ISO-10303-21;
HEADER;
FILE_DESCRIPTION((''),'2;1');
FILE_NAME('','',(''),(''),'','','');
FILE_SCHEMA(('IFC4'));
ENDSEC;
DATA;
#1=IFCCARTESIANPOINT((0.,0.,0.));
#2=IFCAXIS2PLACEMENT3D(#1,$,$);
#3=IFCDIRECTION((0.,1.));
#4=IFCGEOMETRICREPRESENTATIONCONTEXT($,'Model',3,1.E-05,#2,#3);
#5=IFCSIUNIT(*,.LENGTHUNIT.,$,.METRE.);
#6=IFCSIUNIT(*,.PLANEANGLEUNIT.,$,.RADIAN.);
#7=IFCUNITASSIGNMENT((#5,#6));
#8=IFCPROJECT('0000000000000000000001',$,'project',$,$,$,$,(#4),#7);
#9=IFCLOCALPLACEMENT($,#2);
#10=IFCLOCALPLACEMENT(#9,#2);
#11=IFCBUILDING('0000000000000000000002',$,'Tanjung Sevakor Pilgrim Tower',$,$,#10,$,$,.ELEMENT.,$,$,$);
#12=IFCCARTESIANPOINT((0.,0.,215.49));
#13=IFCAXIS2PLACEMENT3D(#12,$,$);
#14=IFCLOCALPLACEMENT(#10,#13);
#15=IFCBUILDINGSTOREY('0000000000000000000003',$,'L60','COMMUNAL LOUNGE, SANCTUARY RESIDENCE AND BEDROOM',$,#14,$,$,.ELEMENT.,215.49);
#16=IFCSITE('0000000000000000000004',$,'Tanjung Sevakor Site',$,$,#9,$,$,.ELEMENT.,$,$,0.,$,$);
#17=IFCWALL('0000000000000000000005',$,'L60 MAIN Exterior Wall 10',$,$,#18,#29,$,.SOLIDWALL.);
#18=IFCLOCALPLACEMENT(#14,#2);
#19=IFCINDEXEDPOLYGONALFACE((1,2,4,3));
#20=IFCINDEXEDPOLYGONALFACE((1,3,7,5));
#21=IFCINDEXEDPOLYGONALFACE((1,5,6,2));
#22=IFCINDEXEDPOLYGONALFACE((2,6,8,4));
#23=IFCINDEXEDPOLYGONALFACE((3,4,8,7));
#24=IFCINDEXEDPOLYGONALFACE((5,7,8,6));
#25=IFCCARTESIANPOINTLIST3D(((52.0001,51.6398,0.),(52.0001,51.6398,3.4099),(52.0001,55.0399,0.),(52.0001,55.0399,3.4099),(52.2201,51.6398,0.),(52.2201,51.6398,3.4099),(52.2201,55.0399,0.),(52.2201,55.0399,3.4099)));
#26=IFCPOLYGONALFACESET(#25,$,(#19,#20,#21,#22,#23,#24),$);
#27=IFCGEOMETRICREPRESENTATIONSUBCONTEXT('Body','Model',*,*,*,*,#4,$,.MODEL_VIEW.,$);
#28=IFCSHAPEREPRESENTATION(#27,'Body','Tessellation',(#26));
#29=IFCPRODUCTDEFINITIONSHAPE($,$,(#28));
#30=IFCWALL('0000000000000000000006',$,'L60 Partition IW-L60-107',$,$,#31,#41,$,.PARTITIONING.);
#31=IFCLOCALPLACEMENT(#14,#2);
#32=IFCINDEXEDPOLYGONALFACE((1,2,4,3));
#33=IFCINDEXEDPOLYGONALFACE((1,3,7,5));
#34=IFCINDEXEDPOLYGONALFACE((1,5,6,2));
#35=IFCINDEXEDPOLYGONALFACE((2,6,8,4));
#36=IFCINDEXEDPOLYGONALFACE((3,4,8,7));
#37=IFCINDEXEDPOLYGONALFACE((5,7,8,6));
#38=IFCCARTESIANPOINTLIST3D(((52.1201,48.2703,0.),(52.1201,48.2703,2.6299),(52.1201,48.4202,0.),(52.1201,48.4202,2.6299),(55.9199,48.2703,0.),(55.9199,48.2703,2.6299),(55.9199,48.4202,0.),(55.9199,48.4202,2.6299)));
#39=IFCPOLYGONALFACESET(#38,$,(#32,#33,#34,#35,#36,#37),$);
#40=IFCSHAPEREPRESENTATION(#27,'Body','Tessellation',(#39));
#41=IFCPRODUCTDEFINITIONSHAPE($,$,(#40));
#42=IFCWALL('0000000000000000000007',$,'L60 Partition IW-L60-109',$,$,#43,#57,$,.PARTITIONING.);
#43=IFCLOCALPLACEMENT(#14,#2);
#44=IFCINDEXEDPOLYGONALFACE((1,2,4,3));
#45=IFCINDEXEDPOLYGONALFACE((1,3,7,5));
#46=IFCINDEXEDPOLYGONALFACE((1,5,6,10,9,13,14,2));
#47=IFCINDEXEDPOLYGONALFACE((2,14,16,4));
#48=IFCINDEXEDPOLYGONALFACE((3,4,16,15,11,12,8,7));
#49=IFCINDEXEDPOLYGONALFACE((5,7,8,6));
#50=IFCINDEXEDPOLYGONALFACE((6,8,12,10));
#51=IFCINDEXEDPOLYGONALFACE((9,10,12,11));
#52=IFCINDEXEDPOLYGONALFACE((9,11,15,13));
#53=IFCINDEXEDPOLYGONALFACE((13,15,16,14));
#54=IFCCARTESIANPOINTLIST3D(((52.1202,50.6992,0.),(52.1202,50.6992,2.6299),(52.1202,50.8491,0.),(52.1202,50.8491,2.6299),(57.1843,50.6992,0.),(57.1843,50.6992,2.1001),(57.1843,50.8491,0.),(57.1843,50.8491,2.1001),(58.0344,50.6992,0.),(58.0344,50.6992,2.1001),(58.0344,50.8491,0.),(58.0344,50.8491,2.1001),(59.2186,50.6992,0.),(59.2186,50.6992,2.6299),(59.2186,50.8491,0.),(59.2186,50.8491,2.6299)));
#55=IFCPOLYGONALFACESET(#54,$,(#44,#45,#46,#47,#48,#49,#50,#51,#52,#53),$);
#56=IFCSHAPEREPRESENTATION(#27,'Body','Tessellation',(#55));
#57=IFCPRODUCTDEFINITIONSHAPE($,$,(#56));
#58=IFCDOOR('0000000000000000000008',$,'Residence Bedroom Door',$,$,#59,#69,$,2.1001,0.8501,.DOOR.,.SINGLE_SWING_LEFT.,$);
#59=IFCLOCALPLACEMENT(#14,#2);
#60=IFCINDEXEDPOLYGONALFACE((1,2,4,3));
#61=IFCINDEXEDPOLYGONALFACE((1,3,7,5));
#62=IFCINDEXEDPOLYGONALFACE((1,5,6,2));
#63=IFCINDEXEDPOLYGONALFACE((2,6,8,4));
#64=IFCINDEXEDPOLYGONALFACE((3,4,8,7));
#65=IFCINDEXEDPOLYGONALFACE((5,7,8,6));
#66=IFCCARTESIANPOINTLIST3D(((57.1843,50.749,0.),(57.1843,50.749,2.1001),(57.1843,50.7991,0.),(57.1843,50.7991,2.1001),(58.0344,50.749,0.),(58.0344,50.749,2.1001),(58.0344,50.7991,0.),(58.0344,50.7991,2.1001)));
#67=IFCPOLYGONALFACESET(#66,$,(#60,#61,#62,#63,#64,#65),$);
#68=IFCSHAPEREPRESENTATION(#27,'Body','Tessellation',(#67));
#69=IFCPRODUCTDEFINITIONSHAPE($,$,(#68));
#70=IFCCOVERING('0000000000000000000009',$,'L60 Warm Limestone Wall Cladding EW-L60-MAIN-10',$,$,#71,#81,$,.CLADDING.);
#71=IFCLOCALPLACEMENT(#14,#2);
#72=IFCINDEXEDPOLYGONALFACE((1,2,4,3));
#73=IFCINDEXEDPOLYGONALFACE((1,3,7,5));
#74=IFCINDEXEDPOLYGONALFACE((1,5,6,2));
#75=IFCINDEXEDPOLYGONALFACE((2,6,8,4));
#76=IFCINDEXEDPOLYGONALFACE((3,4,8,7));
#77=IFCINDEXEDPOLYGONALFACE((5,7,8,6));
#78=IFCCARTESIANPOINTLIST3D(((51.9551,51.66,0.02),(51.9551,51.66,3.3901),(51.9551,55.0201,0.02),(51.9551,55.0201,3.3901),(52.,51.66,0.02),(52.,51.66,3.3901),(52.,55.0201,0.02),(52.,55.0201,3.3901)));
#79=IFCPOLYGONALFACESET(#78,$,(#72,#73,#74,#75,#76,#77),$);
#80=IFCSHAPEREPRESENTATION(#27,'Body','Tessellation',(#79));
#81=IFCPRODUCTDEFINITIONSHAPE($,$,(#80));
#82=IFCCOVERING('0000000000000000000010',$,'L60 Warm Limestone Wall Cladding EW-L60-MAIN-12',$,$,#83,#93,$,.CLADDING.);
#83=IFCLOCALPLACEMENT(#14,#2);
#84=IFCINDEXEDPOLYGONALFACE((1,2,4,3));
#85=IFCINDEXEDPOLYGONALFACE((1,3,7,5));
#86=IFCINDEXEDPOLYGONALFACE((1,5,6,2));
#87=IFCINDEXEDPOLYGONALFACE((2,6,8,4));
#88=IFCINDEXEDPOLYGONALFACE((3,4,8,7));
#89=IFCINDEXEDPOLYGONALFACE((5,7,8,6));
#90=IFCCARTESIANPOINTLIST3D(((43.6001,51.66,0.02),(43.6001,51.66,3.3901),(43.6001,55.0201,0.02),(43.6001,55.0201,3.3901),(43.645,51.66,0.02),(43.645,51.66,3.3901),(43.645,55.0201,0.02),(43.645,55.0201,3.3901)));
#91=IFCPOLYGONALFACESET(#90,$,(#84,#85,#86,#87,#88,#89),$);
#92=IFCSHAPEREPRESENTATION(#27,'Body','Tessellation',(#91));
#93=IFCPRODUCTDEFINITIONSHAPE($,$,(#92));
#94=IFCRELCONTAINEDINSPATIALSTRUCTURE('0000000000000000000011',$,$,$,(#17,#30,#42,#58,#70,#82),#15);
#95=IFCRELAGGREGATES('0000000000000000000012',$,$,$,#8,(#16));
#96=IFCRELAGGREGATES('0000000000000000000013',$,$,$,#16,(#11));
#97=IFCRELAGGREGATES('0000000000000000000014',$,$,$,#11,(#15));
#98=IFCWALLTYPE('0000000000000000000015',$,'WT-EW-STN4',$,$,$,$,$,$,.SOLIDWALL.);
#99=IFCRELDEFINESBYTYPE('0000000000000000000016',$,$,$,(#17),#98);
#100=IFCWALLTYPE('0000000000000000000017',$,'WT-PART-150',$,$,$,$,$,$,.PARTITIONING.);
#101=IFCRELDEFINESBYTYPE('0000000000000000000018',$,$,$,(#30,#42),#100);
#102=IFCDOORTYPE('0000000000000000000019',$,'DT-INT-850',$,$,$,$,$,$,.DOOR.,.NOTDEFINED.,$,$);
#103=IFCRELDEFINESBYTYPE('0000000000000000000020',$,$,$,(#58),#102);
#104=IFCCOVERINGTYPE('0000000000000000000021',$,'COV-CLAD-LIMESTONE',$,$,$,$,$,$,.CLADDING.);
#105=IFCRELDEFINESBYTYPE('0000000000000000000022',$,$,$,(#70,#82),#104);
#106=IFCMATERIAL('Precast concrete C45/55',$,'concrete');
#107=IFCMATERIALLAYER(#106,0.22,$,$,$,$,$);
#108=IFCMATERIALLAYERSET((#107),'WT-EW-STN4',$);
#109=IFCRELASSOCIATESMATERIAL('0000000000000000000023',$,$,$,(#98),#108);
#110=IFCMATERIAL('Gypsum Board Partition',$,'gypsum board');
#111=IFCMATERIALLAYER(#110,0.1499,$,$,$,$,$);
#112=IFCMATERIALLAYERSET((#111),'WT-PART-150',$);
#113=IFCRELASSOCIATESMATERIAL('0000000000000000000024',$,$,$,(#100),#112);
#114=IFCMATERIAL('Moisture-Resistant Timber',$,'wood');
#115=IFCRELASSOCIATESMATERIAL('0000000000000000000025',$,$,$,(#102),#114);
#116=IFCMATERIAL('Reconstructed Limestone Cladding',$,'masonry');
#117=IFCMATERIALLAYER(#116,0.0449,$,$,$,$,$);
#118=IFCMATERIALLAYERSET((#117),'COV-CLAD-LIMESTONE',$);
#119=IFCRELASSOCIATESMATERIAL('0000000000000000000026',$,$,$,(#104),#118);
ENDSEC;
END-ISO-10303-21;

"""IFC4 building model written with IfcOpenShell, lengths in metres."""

from ifc_helpers import new_model, si_unit, direction, frame, frame_2d, origin, origin_2d, place, context, subcontext, project, spatial, rectangle, extrude, material, layer, layer_set, type_object, element, fill, save


model = new_model("IFC4")

# Units and contexts
model_context = context("Model", 3, precision=1e-05, world=origin(), true_north=direction((0.0, 1.0)))
body_context = subcontext(model_context, "Body", "Model", "MODEL_VIEW")
ifc_project = project(units=[si_unit("LENGTHUNIT", "METRE"), si_unit("PLANEANGLEUNIT", "RADIAN")], contexts=[model_context])

# Site, building, storey
site_placement = place(None, origin())
site = spatial("IfcSite", under=ifc_project, at=site_placement, Name="Tanjung Sevakor Site", CompositionType="ELEMENT", RefElevation=0.0)
building_placement = place(site_placement, origin())
building = spatial("IfcBuilding", under=site, at=building_placement, Name="Tanjung Sevakor Pilgrim Tower", CompositionType="ELEMENT")
storey_placement = place(building_placement, frame((0.0, 0.0, 215.49)))
storey = spatial("IfcBuildingStorey", under=building, at=storey_placement, Name="L60", Description="COMMUNAL LOUNGE, SANCTUARY RESIDENCE AND BEDROOM", CompositionType="ELEMENT", Elevation=215.49)

# Walls
ifc_material_1 = material(Name="Precast concrete C45/55", Category="concrete")
ifc_layer_1 = layer(ifc_material_1, 0.22)
ifc_layer_set_1 = layer_set([ifc_layer_1], Name="WT-EW-STN4")
wall_type_1 = type_object("IfcWallType", Name="WT-EW-STN4", PredefinedType="SOLIDWALL", material=ifc_layer_set_1)
wall_1_placement = place(storey_placement, frame((52.1101, 55.04, 0.0), z_axis=(0.0, 0.0, 1.0), x_axis=(0.0, -1.0, 0.0)))
element("IfcWall", 1, at=wall_1_placement, inside=storey, type_object=wall_type_1, Name="L60 MAIN Exterior Wall 10", PredefinedType="SOLIDWALL", context=body_context, shape_type="SweptSolid", body=[
    extrude(rectangle(XDim=3.4001, YDim=0.22, at=frame_2d((1.7002, 0.0))), origin(), (0.0, 0.0, 1.0), 3.4099),
])
ifc_material_2 = material(Name="Gypsum Board Partition", Category="gypsum board")
ifc_layer_2 = layer(ifc_material_2, 0.1499)
ifc_layer_set_2 = layer_set([ifc_layer_2], Name="WT-PART-150")
wall_type_2 = type_object("IfcWallType", Name="WT-PART-150", PredefinedType="PARTITIONING", material=ifc_layer_set_2)
wall_2_placement = place(storey_placement, frame((52.1201, 48.3452, 0.0), z_axis=(0.0, 0.0, 1.0), x_axis=(1.0, 0.0, 0.0)))
element("IfcWall", 2, at=wall_2_placement, inside=storey, type_object=wall_type_2, Name="L60 Partition IW-L60-107", PredefinedType="PARTITIONING", context=body_context, shape_type="SweptSolid", body=[
    extrude(rectangle(XDim=3.7998, YDim=0.1499, at=frame_2d((1.8999, 0.0))), origin(), (0.0, 0.0, 1.0), 2.6299),
])

# Wall, opening, door
wall_3_placement = place(storey_placement, frame((52.1201, 50.7742, 0.0), z_axis=(0.0, 0.0, 1.0), x_axis=(1.0, 0.0, 0.0)))
wall_3 = element("IfcWall", 3, at=wall_3_placement, inside=storey, type_object=wall_type_2, Name="L60 Partition IW-L60-109", PredefinedType="PARTITIONING", context=body_context, shape_type="SweptSolid", body=[
    extrude(rectangle(XDim=7.0984, YDim=0.1499, at=frame_2d((3.5493, 0.0))), origin(), (0.0, 0.0, 1.0), 2.6299),
])
opening_1_placement = place(wall_3_placement, frame((5.0642, 0.0, 0.0)))
opening_1 = element("IfcOpeningElement", 4, at=opening_1_placement, cuts=wall_3, PredefinedType="OPENING", context=body_context, shape_type="SweptSolid", body=[
    extrude(rectangle(XDim=0.8501, YDim=2.1001, at=frame_2d((0.425, 1.05))), frame((0.0, 0.085, 0.0), z_axis=(0.0, -1.0, 0.0), x_axis=(1.0, 0.0, 0.0)), (0.0, 0.0, 1.0), 0.1699),
])
ifc_material_3 = material(Name="Moisture-Resistant Timber", Category="wood")
door_type_1 = type_object("IfcDoorType", Name="DT-INT-850", OperationType="NOTDEFINED", PredefinedType="DOOR", material=ifc_material_3)
door_1_placement = place(opening_1_placement, origin())
door_1 = element("IfcDoor", 5, at=door_1_placement, inside=storey, type_object=door_type_1, Name="Residence Bedroom Door", OperationType="SINGLE_SWING_LEFT", OverallHeight=2.1001, OverallWidth=0.8501, PredefinedType="DOOR", context=body_context, shape_type="SweptSolid", body=[
    extrude(rectangle(XDim=0.8501, YDim=2.1001, at=frame_2d((0.425, 1.05))), frame((0.0, 0.0249, 0.0), z_axis=(0.0, -1.0, 0.0), x_axis=(1.0, 0.0, 0.0)), (0.0, 0.0, 1.0), 0.05),
])
fill(opening_1, door_1)

# Coverings
ifc_material_4 = material(Name="Reconstructed Limestone Cladding", Category="masonry")
ifc_layer_3 = layer(ifc_material_4, 0.0449)
ifc_layer_set_3 = layer_set([ifc_layer_3], Name="COV-CLAD-LIMESTONE")
covering_type = type_object("IfcCoveringType", Name="COV-CLAD-LIMESTONE", PredefinedType="CLADDING", material=ifc_layer_set_3)
for number, where, z_axis, x_axis, name in (
    (6, (51.9775, 53.3401, 0.02), (0.0, 0.0, 1.0), (0.0, -1.0, 0.0), "L60 Warm Limestone Wall Cladding EW-L60-MAIN-10"),
    (7, (43.6226, 53.3401, 0.02), (0.0, 0.0, 1.0), (0.0, 1.0, 0.0), "L60 Warm Limestone Wall Cladding EW-L60-MAIN-12"),
):
    element("IfcCovering", number, at=place(storey_placement, frame(where, z_axis=z_axis, x_axis=x_axis)), inside=storey, type_object=covering_type, Name=name, PredefinedType="CLADDING", context=body_context, shape_type="SweptSolid", body=[
        extrude(rectangle(XDim=3.3601, YDim=0.0449, at=origin_2d()), origin(), (0.0, 0.0, 1.0), 3.3701),
    ])

save(model, "model.ifc")
